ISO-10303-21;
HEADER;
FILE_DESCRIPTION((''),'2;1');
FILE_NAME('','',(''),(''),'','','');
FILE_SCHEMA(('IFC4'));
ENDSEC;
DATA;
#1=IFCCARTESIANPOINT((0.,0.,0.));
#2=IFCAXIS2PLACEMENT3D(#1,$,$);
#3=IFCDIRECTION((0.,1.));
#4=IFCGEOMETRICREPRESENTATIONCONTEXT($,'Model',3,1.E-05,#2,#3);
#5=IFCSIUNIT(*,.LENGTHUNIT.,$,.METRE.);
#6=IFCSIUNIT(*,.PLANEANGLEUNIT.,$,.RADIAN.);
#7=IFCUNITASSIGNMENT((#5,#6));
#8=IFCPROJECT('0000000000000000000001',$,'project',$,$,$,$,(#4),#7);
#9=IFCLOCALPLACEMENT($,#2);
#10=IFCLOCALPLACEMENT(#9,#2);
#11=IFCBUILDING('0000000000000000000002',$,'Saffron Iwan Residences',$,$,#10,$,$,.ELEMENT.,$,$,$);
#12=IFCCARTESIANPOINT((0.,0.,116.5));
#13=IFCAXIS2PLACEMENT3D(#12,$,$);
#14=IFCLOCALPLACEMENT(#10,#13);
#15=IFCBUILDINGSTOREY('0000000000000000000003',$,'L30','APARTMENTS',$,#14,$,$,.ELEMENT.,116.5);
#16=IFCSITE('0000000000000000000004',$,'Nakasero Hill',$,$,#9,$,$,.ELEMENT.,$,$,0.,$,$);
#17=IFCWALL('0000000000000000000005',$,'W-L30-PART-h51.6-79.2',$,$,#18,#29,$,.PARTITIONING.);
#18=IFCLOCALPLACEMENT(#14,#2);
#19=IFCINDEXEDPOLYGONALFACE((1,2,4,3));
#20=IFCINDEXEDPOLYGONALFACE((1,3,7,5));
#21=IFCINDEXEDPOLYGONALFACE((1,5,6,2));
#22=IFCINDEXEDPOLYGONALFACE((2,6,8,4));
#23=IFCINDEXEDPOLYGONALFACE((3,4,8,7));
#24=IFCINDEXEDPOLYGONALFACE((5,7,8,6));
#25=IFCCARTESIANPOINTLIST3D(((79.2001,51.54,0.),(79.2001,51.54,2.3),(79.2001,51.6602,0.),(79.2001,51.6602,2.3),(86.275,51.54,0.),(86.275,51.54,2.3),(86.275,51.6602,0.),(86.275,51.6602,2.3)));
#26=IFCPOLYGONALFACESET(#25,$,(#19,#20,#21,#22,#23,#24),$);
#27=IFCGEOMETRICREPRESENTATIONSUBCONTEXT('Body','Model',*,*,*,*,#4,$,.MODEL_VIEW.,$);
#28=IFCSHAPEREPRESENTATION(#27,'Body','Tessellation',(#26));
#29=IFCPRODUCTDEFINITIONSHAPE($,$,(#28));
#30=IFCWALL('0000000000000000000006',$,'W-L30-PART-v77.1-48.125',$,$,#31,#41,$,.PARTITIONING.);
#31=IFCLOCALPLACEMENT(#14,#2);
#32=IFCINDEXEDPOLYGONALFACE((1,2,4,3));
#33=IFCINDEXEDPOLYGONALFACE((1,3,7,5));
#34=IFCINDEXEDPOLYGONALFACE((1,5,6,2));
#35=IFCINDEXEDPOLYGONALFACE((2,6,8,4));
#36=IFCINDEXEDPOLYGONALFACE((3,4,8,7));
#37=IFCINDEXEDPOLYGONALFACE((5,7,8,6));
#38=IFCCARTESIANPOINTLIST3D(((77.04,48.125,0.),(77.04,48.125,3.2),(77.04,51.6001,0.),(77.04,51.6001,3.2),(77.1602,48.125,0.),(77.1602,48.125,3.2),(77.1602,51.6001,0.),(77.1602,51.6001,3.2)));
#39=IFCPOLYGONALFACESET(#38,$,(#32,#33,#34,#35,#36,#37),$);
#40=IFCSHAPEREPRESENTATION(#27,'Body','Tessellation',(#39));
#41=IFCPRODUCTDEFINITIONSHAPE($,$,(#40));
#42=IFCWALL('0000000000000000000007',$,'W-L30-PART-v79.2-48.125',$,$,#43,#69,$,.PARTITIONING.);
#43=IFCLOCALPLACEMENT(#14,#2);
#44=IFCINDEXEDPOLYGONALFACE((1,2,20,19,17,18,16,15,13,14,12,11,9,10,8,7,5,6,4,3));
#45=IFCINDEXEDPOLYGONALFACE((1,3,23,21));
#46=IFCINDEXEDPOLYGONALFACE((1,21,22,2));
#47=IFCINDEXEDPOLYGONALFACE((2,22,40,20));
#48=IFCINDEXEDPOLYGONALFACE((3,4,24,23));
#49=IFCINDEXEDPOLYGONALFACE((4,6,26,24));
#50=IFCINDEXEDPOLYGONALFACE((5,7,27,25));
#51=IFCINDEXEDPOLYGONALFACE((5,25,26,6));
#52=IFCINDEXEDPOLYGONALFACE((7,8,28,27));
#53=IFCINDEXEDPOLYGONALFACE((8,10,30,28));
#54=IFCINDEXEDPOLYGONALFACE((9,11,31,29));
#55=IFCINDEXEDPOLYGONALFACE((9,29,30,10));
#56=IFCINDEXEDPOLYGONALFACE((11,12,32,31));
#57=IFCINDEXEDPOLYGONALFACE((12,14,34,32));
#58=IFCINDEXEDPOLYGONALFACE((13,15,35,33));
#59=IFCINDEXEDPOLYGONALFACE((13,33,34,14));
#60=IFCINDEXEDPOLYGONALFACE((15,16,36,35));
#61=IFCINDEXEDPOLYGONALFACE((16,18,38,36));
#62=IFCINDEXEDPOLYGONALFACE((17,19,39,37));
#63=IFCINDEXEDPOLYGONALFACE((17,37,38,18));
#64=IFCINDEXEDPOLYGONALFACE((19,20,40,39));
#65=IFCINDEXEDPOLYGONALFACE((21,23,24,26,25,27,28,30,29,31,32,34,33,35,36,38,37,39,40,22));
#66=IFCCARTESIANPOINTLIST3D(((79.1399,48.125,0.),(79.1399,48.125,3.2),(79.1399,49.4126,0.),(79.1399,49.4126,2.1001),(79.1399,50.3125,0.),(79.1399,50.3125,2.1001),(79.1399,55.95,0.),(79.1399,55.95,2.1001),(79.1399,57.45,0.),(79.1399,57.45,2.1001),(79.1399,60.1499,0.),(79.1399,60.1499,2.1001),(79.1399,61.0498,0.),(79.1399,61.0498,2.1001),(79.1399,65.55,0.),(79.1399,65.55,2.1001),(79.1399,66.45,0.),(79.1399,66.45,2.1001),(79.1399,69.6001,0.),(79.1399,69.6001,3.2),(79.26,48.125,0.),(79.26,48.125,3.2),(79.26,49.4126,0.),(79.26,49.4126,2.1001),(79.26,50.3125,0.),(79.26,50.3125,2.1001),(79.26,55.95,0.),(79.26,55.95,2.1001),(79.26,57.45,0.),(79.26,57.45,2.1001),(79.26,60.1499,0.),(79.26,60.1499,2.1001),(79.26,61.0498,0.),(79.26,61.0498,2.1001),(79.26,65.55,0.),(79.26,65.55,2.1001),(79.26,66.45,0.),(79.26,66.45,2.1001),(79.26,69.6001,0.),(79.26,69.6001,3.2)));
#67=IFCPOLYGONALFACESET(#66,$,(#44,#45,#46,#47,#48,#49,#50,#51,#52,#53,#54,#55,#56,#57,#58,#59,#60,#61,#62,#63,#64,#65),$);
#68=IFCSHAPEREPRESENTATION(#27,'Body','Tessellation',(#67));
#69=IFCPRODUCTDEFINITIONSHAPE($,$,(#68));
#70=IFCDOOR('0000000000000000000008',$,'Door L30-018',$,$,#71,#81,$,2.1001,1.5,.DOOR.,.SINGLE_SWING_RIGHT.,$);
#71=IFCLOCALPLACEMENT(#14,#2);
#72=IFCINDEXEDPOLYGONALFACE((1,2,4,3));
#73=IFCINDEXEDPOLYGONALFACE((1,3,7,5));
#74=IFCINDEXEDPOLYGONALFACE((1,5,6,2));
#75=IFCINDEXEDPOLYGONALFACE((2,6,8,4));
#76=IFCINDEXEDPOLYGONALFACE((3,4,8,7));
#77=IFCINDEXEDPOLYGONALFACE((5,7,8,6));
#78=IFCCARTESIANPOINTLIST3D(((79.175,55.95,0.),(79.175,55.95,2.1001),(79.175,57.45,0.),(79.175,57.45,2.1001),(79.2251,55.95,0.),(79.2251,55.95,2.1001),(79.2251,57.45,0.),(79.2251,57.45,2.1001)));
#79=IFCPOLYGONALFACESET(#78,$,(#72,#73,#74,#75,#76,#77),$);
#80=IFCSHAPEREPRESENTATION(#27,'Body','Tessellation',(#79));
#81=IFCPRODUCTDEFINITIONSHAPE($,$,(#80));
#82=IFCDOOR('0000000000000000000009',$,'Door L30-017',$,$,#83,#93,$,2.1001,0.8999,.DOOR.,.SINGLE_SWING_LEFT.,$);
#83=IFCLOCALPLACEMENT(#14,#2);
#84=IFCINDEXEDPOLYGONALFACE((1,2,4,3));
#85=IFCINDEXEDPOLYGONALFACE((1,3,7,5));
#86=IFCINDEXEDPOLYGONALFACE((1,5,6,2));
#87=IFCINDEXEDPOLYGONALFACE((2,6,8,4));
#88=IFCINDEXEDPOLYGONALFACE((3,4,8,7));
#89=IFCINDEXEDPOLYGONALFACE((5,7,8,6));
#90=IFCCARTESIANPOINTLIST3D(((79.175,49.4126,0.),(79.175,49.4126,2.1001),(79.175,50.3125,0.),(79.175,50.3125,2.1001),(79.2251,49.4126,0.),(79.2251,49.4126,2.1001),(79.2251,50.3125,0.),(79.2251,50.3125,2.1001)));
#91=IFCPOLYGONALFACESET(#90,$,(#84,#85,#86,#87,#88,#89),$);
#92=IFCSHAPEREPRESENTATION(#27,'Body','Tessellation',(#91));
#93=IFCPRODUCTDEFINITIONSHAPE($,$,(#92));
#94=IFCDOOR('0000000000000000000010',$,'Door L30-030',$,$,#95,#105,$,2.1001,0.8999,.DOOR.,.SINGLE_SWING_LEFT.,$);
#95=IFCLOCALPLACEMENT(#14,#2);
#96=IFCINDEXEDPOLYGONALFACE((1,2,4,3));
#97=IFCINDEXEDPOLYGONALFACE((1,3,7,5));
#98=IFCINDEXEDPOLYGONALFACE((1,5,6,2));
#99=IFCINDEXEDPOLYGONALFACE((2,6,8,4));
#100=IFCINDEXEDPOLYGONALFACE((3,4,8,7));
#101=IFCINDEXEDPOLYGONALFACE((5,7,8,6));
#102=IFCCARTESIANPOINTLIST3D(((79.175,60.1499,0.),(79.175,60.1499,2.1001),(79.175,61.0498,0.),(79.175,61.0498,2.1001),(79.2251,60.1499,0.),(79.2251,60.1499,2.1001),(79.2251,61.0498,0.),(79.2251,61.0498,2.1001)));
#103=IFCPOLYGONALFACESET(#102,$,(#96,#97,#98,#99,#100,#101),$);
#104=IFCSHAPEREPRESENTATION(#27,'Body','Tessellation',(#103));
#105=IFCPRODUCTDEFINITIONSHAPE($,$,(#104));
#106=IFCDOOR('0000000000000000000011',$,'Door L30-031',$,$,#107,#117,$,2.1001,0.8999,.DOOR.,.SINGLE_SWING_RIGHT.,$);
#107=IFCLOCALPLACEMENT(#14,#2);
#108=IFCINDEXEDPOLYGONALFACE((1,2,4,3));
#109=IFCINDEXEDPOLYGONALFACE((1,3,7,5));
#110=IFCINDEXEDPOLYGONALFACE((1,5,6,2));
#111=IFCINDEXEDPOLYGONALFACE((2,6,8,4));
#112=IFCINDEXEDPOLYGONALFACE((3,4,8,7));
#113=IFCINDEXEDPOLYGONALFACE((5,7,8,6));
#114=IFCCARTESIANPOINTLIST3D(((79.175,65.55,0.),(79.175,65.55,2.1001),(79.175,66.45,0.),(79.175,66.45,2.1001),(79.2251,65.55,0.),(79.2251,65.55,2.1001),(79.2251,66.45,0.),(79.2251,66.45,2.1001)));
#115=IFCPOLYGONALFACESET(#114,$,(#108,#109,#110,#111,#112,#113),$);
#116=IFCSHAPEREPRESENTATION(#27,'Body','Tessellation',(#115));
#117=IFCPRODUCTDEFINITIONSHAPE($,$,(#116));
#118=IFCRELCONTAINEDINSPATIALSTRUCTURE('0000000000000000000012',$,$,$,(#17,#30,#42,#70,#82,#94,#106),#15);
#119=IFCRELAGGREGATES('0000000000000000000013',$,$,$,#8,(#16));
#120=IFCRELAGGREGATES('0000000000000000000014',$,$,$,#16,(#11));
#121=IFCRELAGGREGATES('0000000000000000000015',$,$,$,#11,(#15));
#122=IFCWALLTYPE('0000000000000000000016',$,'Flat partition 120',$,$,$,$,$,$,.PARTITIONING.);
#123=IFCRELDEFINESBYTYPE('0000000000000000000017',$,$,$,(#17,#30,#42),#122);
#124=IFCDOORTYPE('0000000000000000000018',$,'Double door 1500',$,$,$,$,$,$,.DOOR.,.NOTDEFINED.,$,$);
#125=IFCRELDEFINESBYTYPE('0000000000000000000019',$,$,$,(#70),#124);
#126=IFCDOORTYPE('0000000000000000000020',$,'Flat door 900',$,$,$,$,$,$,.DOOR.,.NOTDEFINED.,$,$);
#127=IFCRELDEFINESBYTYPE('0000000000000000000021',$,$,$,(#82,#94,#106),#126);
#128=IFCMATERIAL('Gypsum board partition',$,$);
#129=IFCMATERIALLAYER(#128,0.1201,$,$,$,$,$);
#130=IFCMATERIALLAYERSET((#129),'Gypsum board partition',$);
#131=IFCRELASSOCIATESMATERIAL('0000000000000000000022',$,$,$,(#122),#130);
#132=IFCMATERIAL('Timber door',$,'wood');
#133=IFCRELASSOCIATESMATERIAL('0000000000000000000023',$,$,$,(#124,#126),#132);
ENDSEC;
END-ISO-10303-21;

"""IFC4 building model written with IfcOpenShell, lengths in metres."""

from ifc_helpers import new_model, si_unit, direction, frame, frame_2d, origin, place, context, subcontext, project, spatial, rectangle, extrude, material, layer, layer_set, type_object, element, fill, save


model = new_model("IFC4")

# Units and contexts
model_context = context("Model", 3, precision=1e-05, world=origin(), true_north=direction((0.0, 1.0)))
body_context = subcontext(model_context, "Body", "Model", "MODEL_VIEW")
ifc_project = project(units=[si_unit("LENGTHUNIT", "METRE"), si_unit("PLANEANGLEUNIT", "RADIAN")], contexts=[model_context])

# Site, building, storey
site_placement = place(None, origin())
site = spatial("IfcSite", under=ifc_project, at=site_placement, Name="Nakasero Hill", CompositionType="ELEMENT", RefElevation=0.0)
building_placement = place(site_placement, origin())
building = spatial("IfcBuilding", under=site, at=building_placement, Name="Saffron Iwan Residences", CompositionType="ELEMENT")
storey_placement = place(building_placement, frame((0.0, 0.0, 116.5)))
storey = spatial("IfcBuildingStorey", under=building, at=storey_placement, Name="L30", Description="APARTMENTS", CompositionType="ELEMENT", Elevation=116.5)

# Walls
ifc_material_1 = material(Name="Gypsum board partition")
ifc_layer_1 = layer(ifc_material_1, 0.1201)
ifc_layer_set_1 = layer_set([ifc_layer_1], Name="Gypsum board partition")
wall_type_1 = type_object("IfcWallType", Name="Flat partition 120", PredefinedType="PARTITIONING", material=ifc_layer_set_1)
wall_1_placement = place(storey_placement, frame((79.2, 51.6001, 0.0), z_axis=(0.0, 0.0, 1.0), x_axis=(1.0, 0.0, 0.0)))
element("IfcWall", 1, at=wall_1_placement, inside=storey, type_object=wall_type_1, Name="W-L30-PART-h51.6-79.2", PredefinedType="PARTITIONING", context=body_context, shape_type="SweptSolid", body=[
    extrude(rectangle(XDim=7.075, YDim=0.1201, at=frame_2d((3.5376, 0.0))), origin(), (0.0, 0.0, 1.0), 2.3),
])
wall_2_placement = place(storey_placement, frame((77.1001, 48.125, 0.0), z_axis=(0.0, 0.0, 1.0), x_axis=(0.0, 1.0, 0.0)))
element("IfcWall", 2, at=wall_2_placement, inside=storey, type_object=wall_type_1, Name="W-L30-PART-v77.1-48.125", PredefinedType="PARTITIONING", context=body_context, shape_type="SweptSolid", body=[
    extrude(rectangle(XDim=3.4751, YDim=0.1201, at=frame_2d((1.7375, 0.0))), origin(), (0.0, 0.0, 1.0), 3.2),
])

# Wall, openings, doors
wall_3_placement = place(storey_placement, frame((79.2, 48.125, 0.0), z_axis=(0.0, 0.0, 1.0), x_axis=(0.0, 1.0, 0.0)))
wall_3 = element("IfcWall", 3, at=wall_3_placement, inside=storey, type_object=wall_type_1, Name="W-L30-PART-v79.2-48.125", PredefinedType="PARTITIONING", context=body_context, shape_type="SweptSolid", body=[
    extrude(rectangle(XDim=21.4751, YDim=0.1201, at=frame_2d((10.7375, 0.0))), origin(), (0.0, 0.0, 1.0), 3.2),
])
opening_1_placement = place(wall_3_placement, frame((1.2876, 0.0, 0.0)))
opening_1 = element("IfcOpeningElement", 4, at=opening_1_placement, cuts=wall_3, PredefinedType="OPENING", context=body_context, shape_type="SweptSolid", body=[
    extrude(rectangle(XDim=0.8999, YDim=2.1001, at=frame_2d((0.45, 1.05))), frame((0.0, 0.0701, 0.0), z_axis=(0.0, -1.0, 0.0), x_axis=(1.0, 0.0, 0.0)), (0.0, 0.0, 1.0), 0.1401),
])
opening_2_placement = place(wall_3_placement, frame((7.825, 0.0, 0.0)))
opening_2 = element("IfcOpeningElement", 5, at=opening_2_placement, cuts=wall_3, PredefinedType="OPENING", context=body_context, shape_type="SweptSolid", body=[
    extrude(rectangle(XDim=1.5, YDim=2.1001, at=frame_2d((0.75, 1.05))), frame((0.0, 0.0701, 0.0), z_axis=(0.0, -1.0, 0.0), x_axis=(1.0, 0.0, 0.0)), (0.0, 0.0, 1.0), 0.1401),
])
opening_3_placement = place(wall_3_placement, frame((12.0249, 0.0, 0.0)))
opening_3 = element("IfcOpeningElement", 6, at=opening_3_placement, cuts=wall_3, PredefinedType="OPENING", context=body_context, shape_type="SweptSolid", body=[
    extrude(rectangle(XDim=0.8999, YDim=2.1001, at=frame_2d((0.45, 1.05))), frame((0.0, 0.0701, 0.0), z_axis=(0.0, -1.0, 0.0), x_axis=(1.0, 0.0, 0.0)), (0.0, 0.0, 1.0), 0.1401),
])
opening_4_placement = place(wall_3_placement, frame((17.425, 0.0, 0.0)))
opening_4 = element("IfcOpeningElement", 7, at=opening_4_placement, cuts=wall_3, PredefinedType="OPENING", context=body_context, shape_type="SweptSolid", body=[
    extrude(rectangle(XDim=0.8999, YDim=2.1001, at=frame_2d((0.45, 1.05))), frame((0.0, 0.0701, 0.0), z_axis=(0.0, -1.0, 0.0), x_axis=(1.0, 0.0, 0.0)), (0.0, 0.0, 1.0), 0.1401),
])
ifc_material_2 = material(Name="Timber door", Category="wood")
door_type_1 = type_object("IfcDoorType", Name="Double door 1500", OperationType="NOTDEFINED", PredefinedType="DOOR", material=ifc_material_2)
door_1_placement = place(opening_2_placement, origin())
door_1 = element("IfcDoor", 8, at=door_1_placement, inside=storey, type_object=door_type_1, Name="Door L30-018", OperationType="SINGLE_SWING_RIGHT", OverallHeight=2.1001, OverallWidth=1.5, PredefinedType="DOOR", context=body_context, shape_type="SweptSolid", body=[
    extrude(rectangle(XDim=1.5, YDim=2.1001, at=frame_2d((0.75, 1.05))), frame((0.0, 0.0249, 0.0), z_axis=(0.0, -1.0, 0.0), x_axis=(1.0, 0.0, 0.0)), (0.0, 0.0, 1.0), 0.05),
])
fill(opening_2, door_1)
door_type_2 = type_object("IfcDoorType", Name="Flat door 900", OperationType="NOTDEFINED", PredefinedType="DOOR", material=ifc_material_2)
door_2_placement = place(opening_1_placement, origin())
door_2 = element("IfcDoor", 9, at=door_2_placement, inside=storey, type_object=door_type_2, Name="Door L30-017", OperationType="SINGLE_SWING_LEFT", OverallHeight=2.1001, OverallWidth=0.8999, PredefinedType="DOOR", context=body_context, shape_type="SweptSolid", body=[
    extrude(rectangle(XDim=0.8999, YDim=2.1001, at=frame_2d((0.45, 1.05))), frame((0.0, 0.0249, 0.0), z_axis=(0.0, -1.0, 0.0), x_axis=(1.0, 0.0, 0.0)), (0.0, 0.0, 1.0), 0.05),
])
fill(opening_1, door_2)
door_3_placement = place(opening_3_placement, origin())
door_3 = element("IfcDoor", 10, at=door_3_placement, inside=storey, type_object=door_type_2, Name="Door L30-030", OperationType="SINGLE_SWING_LEFT", OverallHeight=2.1001, OverallWidth=0.8999, PredefinedType="DOOR", context=body_context, shape_type="SweptSolid", body=[
    extrude(rectangle(XDim=0.8999, YDim=2.1001, at=frame_2d((0.45, 1.05))), frame((0.0, 0.0249, 0.0), z_axis=(0.0, -1.0, 0.0), x_axis=(1.0, 0.0, 0.0)), (0.0, 0.0, 1.0), 0.05),
])
fill(opening_3, door_3)
door_4_placement = place(opening_4_placement, origin())
door_4 = element("IfcDoor", 11, at=door_4_placement, inside=storey, type_object=door_type_2, Name="Door L30-031", OperationType="SINGLE_SWING_RIGHT", OverallHeight=2.1001, OverallWidth=0.8999, PredefinedType="DOOR", context=body_context, shape_type="SweptSolid", body=[
    extrude(rectangle(XDim=0.8999, YDim=2.1001, at=frame_2d((0.45, 1.05))), frame((0.0, 0.0249, 0.0), z_axis=(0.0, -1.0, 0.0), x_axis=(1.0, 0.0, 0.0)), (0.0, 0.0, 1.0), 0.05),
])
fill(opening_4, door_4)

save(model, "model.ifc")
